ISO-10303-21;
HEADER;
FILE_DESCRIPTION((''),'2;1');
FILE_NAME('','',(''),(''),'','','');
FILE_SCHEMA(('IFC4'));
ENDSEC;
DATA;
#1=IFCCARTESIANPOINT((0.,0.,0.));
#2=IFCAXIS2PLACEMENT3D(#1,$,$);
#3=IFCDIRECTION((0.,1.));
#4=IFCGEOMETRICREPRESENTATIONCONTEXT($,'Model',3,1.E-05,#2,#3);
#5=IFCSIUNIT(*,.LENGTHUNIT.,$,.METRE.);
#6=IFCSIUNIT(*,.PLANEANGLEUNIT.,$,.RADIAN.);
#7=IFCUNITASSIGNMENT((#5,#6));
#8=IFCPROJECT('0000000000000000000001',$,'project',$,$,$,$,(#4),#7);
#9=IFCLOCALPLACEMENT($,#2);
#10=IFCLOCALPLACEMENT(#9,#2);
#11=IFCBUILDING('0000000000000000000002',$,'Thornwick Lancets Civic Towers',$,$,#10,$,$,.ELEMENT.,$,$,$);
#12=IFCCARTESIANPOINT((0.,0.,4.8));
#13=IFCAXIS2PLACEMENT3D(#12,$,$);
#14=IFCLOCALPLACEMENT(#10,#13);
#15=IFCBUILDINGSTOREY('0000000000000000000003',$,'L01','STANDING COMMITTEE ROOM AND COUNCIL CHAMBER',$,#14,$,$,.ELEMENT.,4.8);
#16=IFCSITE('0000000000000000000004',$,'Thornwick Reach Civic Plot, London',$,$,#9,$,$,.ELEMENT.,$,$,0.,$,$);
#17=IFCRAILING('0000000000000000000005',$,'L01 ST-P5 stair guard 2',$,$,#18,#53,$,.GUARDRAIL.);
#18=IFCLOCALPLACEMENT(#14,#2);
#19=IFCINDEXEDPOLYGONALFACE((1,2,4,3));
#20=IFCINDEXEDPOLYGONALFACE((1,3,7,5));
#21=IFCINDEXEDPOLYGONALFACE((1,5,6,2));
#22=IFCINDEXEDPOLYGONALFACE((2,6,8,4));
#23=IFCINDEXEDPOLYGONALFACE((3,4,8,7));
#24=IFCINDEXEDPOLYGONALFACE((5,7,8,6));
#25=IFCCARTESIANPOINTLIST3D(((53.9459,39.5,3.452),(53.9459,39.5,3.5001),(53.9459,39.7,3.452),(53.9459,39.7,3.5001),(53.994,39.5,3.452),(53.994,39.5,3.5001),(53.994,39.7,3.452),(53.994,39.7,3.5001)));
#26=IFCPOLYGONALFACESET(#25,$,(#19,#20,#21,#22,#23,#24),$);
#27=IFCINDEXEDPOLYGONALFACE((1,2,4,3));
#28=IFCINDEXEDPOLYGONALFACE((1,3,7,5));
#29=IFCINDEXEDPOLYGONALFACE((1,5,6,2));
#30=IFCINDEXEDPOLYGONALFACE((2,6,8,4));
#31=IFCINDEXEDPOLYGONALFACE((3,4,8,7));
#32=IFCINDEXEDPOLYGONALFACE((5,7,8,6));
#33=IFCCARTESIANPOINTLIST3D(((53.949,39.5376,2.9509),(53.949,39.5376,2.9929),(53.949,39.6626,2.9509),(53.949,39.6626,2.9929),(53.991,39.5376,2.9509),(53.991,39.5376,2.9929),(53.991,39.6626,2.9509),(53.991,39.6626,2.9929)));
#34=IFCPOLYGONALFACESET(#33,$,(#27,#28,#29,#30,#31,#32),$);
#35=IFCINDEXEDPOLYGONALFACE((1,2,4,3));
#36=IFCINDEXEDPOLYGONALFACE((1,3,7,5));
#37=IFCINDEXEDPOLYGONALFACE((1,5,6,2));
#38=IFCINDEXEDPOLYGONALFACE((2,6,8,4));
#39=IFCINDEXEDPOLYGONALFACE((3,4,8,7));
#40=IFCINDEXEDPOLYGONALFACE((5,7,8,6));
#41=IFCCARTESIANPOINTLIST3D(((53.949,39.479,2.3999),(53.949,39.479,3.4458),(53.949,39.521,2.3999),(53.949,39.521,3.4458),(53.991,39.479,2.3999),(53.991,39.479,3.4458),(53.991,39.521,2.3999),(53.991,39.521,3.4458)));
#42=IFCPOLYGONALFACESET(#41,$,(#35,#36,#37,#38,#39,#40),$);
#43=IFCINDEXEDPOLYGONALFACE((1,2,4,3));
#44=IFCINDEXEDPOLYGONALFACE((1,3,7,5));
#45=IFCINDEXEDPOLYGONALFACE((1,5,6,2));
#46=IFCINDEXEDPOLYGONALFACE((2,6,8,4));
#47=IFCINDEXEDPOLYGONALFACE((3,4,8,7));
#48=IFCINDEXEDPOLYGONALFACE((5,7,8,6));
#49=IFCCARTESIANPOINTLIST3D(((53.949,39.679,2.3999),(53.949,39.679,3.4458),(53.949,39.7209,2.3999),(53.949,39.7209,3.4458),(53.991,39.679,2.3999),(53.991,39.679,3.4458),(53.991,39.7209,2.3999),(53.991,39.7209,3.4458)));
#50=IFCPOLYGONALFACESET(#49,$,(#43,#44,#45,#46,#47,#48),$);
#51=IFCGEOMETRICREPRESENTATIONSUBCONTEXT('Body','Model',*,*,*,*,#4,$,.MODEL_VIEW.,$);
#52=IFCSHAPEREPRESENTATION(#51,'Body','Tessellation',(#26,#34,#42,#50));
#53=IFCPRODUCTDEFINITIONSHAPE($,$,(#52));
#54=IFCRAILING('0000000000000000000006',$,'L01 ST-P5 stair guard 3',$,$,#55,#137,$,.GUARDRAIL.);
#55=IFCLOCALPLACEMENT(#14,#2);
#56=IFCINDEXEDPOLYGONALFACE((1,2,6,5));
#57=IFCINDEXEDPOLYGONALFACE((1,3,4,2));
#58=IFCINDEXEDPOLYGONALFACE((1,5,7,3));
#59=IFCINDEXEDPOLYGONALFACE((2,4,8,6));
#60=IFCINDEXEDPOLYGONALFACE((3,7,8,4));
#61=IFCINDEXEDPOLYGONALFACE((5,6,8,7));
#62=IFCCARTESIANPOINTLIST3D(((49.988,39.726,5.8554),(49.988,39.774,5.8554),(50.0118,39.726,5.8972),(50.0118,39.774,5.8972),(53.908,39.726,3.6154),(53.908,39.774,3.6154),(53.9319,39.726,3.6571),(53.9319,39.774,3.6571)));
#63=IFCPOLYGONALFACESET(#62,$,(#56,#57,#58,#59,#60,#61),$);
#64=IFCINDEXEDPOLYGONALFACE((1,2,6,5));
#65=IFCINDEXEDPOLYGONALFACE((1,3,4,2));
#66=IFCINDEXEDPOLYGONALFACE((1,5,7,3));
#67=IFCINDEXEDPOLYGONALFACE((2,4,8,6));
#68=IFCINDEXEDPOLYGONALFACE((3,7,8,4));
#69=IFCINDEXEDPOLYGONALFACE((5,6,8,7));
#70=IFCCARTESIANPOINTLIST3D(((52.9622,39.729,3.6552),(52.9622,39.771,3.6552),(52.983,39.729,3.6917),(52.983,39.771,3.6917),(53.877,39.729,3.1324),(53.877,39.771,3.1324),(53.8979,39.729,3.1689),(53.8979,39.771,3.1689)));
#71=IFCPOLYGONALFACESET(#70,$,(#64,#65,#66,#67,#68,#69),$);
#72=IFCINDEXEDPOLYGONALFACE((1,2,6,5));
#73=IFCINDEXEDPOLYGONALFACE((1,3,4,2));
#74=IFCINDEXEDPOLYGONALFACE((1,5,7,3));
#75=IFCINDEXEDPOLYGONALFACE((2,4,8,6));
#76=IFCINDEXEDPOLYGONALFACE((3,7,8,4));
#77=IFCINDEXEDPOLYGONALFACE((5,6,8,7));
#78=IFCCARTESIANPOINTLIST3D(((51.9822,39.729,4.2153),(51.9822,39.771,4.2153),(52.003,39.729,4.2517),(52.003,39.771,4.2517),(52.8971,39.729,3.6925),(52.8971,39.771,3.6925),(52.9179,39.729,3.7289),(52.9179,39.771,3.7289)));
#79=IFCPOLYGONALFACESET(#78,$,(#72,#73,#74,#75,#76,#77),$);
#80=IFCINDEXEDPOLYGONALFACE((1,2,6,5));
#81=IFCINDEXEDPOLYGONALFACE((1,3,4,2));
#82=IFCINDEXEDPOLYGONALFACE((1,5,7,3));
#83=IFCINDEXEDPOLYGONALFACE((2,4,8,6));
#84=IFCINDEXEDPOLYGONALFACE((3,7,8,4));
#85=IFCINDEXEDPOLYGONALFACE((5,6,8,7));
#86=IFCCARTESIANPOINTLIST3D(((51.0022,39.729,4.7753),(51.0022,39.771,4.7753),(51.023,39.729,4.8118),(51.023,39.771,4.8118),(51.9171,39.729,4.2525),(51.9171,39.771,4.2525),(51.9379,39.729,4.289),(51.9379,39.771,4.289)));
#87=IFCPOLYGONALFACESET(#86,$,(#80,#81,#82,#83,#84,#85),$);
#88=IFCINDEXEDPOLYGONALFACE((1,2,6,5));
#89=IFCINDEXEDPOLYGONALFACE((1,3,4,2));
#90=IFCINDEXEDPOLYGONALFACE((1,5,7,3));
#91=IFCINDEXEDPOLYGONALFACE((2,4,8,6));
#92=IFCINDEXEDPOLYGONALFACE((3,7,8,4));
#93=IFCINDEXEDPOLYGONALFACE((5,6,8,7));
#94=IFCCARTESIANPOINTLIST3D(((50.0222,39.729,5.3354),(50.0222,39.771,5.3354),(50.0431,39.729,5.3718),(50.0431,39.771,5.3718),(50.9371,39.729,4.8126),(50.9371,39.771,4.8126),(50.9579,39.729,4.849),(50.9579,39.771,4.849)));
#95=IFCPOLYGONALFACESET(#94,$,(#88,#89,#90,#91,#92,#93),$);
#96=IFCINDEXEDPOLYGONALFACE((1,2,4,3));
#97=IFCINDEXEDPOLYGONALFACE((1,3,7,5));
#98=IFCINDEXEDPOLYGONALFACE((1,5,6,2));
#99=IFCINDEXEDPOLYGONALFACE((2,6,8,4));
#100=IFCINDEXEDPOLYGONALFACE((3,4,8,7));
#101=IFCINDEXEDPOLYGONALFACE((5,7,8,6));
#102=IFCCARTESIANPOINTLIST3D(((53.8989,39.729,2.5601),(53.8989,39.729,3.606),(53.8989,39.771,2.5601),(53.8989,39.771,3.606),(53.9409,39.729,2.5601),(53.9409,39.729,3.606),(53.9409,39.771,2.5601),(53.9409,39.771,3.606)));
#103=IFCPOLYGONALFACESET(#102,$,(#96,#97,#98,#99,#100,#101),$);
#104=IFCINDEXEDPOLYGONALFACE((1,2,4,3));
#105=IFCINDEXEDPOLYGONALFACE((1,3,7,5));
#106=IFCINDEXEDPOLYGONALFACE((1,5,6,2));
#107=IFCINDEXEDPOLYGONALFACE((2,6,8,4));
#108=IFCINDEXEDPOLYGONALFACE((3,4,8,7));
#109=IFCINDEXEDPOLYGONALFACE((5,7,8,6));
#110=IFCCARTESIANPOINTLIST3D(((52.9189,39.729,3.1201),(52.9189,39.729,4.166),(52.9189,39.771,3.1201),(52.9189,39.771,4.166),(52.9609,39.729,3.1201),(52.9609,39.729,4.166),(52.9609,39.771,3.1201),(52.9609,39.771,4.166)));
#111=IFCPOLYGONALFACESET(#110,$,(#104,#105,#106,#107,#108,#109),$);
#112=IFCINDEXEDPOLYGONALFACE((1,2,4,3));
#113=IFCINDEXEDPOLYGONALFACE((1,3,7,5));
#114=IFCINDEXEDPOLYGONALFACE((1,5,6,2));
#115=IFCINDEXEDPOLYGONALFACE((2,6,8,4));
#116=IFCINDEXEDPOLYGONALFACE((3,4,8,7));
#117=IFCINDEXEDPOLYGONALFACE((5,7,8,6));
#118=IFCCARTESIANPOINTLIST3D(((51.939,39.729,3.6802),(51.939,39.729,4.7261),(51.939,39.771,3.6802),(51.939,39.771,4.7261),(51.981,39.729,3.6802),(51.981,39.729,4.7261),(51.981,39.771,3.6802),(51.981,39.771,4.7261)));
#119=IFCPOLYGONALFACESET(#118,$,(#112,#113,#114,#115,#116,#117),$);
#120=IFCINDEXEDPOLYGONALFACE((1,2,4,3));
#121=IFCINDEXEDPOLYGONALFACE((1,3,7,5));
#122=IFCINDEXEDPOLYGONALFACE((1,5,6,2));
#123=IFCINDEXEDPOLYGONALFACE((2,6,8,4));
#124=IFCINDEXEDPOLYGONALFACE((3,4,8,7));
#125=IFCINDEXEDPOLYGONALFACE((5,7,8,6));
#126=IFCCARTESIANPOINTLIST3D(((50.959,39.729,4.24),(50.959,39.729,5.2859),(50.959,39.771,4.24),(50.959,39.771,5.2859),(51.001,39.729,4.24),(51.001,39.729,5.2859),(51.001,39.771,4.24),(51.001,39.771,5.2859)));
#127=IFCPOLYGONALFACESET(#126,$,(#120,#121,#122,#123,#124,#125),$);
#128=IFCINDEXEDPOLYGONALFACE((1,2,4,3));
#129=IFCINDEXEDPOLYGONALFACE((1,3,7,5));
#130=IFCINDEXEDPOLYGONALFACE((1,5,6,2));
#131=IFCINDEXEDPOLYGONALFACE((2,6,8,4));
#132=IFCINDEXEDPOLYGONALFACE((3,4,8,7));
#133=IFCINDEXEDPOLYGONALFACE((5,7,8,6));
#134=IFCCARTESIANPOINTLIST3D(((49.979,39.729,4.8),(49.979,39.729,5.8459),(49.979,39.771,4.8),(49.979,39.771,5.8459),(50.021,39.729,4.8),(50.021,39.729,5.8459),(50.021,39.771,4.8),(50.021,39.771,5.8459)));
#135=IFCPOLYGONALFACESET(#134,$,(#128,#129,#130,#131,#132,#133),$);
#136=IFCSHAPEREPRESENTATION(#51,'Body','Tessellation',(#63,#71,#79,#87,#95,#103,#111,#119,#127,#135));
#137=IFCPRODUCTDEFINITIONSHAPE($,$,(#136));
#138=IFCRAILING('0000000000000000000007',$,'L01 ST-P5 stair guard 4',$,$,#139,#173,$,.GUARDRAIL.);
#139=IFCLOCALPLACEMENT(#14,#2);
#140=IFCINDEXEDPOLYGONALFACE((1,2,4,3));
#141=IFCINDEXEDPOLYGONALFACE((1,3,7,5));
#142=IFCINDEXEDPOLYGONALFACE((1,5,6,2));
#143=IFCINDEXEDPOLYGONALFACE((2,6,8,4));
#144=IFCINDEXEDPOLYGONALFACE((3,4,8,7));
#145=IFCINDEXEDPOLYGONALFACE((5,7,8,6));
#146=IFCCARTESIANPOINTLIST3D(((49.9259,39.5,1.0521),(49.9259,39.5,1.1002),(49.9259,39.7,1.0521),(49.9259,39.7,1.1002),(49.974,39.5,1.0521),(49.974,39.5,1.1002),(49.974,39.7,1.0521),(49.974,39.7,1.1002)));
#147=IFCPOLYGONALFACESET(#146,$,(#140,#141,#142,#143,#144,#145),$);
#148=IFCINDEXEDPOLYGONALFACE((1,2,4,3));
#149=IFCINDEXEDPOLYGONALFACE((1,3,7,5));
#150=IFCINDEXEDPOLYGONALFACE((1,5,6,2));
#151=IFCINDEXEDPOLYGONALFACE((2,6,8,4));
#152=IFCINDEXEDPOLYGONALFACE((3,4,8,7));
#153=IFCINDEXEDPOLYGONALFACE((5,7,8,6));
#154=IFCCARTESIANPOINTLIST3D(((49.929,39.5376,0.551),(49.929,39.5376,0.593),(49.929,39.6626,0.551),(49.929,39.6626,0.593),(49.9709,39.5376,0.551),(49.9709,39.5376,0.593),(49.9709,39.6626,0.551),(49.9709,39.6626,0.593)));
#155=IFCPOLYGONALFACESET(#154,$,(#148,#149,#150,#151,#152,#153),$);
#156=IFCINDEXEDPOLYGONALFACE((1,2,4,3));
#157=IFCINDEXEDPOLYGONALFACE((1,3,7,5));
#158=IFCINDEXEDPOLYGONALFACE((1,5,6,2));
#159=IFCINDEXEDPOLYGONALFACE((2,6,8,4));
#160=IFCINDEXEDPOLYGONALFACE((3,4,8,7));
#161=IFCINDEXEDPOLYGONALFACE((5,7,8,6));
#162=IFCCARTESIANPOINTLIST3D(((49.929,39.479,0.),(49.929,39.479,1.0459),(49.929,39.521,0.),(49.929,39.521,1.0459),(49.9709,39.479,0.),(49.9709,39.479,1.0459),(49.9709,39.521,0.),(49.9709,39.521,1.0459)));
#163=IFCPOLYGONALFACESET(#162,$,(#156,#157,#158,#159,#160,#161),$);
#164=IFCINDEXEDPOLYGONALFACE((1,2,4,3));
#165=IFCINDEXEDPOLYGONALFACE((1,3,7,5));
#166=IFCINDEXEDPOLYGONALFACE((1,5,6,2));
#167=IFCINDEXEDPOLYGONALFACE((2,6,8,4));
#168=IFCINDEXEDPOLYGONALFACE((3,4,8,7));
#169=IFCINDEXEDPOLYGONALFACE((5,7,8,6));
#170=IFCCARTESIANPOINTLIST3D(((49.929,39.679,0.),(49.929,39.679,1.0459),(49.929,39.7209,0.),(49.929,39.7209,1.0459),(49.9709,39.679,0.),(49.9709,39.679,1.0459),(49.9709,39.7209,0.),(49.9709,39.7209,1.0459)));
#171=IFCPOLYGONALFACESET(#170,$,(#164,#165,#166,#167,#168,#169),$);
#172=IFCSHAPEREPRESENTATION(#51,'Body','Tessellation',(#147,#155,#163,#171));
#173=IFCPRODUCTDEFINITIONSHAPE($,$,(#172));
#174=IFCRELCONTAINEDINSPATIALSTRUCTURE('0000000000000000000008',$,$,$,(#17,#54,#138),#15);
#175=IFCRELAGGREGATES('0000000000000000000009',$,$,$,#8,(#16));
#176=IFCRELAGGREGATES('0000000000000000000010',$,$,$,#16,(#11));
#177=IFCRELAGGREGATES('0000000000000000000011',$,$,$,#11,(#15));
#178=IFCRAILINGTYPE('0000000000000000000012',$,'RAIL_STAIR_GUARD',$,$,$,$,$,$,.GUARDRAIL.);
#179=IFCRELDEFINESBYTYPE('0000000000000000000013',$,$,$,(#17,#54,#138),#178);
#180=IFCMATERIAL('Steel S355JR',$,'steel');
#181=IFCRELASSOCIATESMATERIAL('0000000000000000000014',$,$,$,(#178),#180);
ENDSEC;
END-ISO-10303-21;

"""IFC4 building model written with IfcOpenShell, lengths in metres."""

from ifc_helpers import new_model, si_unit, direction, frame, origin, origin_2d, place, context, subcontext, project, spatial, rectangle, extrude, material, type_object, element, save


model = new_model("IFC4")

# Units and contexts
model_context = context("Model", 3, precision=1e-05, world=origin(), true_north=direction((0.0, 1.0)))
body_context = subcontext(model_context, "Body", "Model", "MODEL_VIEW")
ifc_project = project(units=[si_unit("LENGTHUNIT", "METRE"), si_unit("PLANEANGLEUNIT", "RADIAN")], contexts=[model_context])

# Site, building, storey
site_placement = place(None, origin())
site = spatial("IfcSite", under=ifc_project, at=site_placement, Name="Thornwick Reach Civic Plot, London", CompositionType="ELEMENT", RefElevation=0.0)
building_placement = place(site_placement, origin())
building = spatial("IfcBuilding", under=site, at=building_placement, Name="Thornwick Lancets Civic Towers", CompositionType="ELEMENT")
storey_placement = place(building_placement, frame((0.0, 0.0, 4.8)))
storey = spatial("IfcBuildingStorey", under=building, at=storey_placement, Name="L01", Description="STANDING COMMITTEE ROOM AND COUNCIL CHAMBER", CompositionType="ELEMENT", Elevation=4.8)

# Shared definitions
ifc_material_1 = material(Name="Steel S355JR", Category="steel")

# Railings
railing_type_1 = type_object("IfcRailingType", Name="RAIL_STAIR_GUARD", PredefinedType="GUARDRAIL", material=ifc_material_1)
railing_1_placement = place(storey_placement, frame((53.97, 39.5, 2.3999)))
element("IfcRailing", 1, at=railing_1_placement, inside=storey, type_object=railing_type_1, Name="L01 ST-P5 stair guard 2", PredefinedType="GUARDRAIL", context=body_context, shape_type="SweptSolid", body=[
    extrude(rectangle(XDim=0.0481, YDim=0.0481, at=origin_2d()), frame((0.0, 0.0, 1.0762), z_axis=(0.0, 1.0, 0.0), x_axis=(-1.0, 0.0, 0.0)), (0.0, 0.0, 1.0), 0.2),
    extrude(rectangle(XDim=0.042, YDim=0.042, at=origin_2d()), frame((0.0, 0.0376, 0.572), z_axis=(0.0, 1.0, 0.0), x_axis=(-1.0, 0.0, 0.0)), (0.0, 0.0, 1.0), 0.125),
    extrude(rectangle(XDim=0.042, YDim=0.042, at=origin_2d()), origin(), (0.0, 0.0, 1.0), 1.0459),
    extrude(rectangle(XDim=0.042, YDim=0.042, at=origin_2d()), frame((0.0, 0.2, 0.0)), (0.0, 0.0, 1.0), 1.0459),
])
railing_2_placement = place(storey_placement, frame((53.9199, 39.75, 2.5601)))
element("IfcRailing", 2, at=railing_2_placement, inside=storey, type_object=railing_type_1, Name="L01 ST-P5 stair guard 3", PredefinedType="GUARDRAIL", context=body_context, shape_type="SweptSolid", body=[
    extrude(rectangle(XDim=0.0481, YDim=0.0481, at=origin_2d()), frame((0.0, 0.0, 1.0762), z_axis=(-0.86824, 0.0, 0.496145), x_axis=(0.0, -1.0, 0.0)), (0.0, 0.0, 1.0), 4.5149),
    extrude(rectangle(XDim=0.042, YDim=0.042, at=origin_2d()), frame((-0.0325, 0.0, 0.5906), z_axis=(-0.86824, 0.0, 0.496145), x_axis=(0.0, -1.0, 0.0)), (0.0, 0.0, 1.0), 1.0537),
    extrude(rectangle(XDim=0.042, YDim=0.042, at=origin_2d()), frame((-1.0125, 0.0, 1.1506), z_axis=(-0.86824, 0.0, 0.496145), x_axis=(0.0, -1.0, 0.0)), (0.0, 0.0, 1.0), 1.0537),
    extrude(rectangle(XDim=0.042, YDim=0.042, at=origin_2d()), frame((-1.9924, 0.0, 1.7107), z_axis=(-0.86824, 0.0, 0.496145), x_axis=(0.0, -1.0, 0.0)), (0.0, 0.0, 1.0), 1.0537),
    extrude(rectangle(XDim=0.042, YDim=0.042, at=origin_2d()), frame((-2.9724, 0.0, 2.2708), z_axis=(-0.86824, 0.0, 0.496145), x_axis=(0.0, -1.0, 0.0)), (0.0, 0.0, 1.0), 1.0537),
    extrude(rectangle(XDim=0.042, YDim=0.042, at=origin_2d()), origin(), (0.0, 0.0, 1.0), 1.0459),
    extrude(rectangle(XDim=0.042, YDim=0.042, at=origin_2d()), frame((-0.98, 0.0, 0.5601)), (0.0, 0.0, 1.0), 1.0459),
    extrude(rectangle(XDim=0.042, YDim=0.042, at=origin_2d()), frame((-1.96, 0.0, 1.1201)), (0.0, 0.0, 1.0), 1.0459),
    extrude(rectangle(XDim=0.042, YDim=0.042, at=origin_2d()), frame((-2.9399, 0.0, 1.6799)), (0.0, 0.0, 1.0), 1.0459),
    extrude(rectangle(XDim=0.042, YDim=0.042, at=origin_2d()), frame((-3.9199, 0.0, 2.24)), (0.0, 0.0, 1.0), 1.0459),
])
railing_3_placement = place(storey_placement, frame((49.95, 39.5, 0.0)))
element("IfcRailing", 3, at=railing_3_placement, inside=storey, type_object=railing_type_1, Name="L01 ST-P5 stair guard 4", PredefinedType="GUARDRAIL", context=body_context, shape_type="SweptSolid", body=[
    extrude(rectangle(XDim=0.0481, YDim=0.0481, at=origin_2d()), frame((0.0, 0.0, 1.0762), z_axis=(0.0, 1.0, 0.0), x_axis=(-1.0, 0.0, 0.0)), (0.0, 0.0, 1.0), 0.2),
    extrude(rectangle(XDim=0.042, YDim=0.042, at=origin_2d()), frame((0.0, 0.0376, 0.572), z_axis=(0.0, 1.0, 0.0), x_axis=(-1.0, 0.0, 0.0)), (0.0, 0.0, 1.0), 0.125),
    extrude(rectangle(XDim=0.042, YDim=0.042, at=origin_2d()), origin(), (0.0, 0.0, 1.0), 1.0459),
    extrude(rectangle(XDim=0.042, YDim=0.042, at=origin_2d()), frame((0.0, 0.2, 0.0)), (0.0, 0.0, 1.0), 1.0459),
])

save(model, "model.ifc")
